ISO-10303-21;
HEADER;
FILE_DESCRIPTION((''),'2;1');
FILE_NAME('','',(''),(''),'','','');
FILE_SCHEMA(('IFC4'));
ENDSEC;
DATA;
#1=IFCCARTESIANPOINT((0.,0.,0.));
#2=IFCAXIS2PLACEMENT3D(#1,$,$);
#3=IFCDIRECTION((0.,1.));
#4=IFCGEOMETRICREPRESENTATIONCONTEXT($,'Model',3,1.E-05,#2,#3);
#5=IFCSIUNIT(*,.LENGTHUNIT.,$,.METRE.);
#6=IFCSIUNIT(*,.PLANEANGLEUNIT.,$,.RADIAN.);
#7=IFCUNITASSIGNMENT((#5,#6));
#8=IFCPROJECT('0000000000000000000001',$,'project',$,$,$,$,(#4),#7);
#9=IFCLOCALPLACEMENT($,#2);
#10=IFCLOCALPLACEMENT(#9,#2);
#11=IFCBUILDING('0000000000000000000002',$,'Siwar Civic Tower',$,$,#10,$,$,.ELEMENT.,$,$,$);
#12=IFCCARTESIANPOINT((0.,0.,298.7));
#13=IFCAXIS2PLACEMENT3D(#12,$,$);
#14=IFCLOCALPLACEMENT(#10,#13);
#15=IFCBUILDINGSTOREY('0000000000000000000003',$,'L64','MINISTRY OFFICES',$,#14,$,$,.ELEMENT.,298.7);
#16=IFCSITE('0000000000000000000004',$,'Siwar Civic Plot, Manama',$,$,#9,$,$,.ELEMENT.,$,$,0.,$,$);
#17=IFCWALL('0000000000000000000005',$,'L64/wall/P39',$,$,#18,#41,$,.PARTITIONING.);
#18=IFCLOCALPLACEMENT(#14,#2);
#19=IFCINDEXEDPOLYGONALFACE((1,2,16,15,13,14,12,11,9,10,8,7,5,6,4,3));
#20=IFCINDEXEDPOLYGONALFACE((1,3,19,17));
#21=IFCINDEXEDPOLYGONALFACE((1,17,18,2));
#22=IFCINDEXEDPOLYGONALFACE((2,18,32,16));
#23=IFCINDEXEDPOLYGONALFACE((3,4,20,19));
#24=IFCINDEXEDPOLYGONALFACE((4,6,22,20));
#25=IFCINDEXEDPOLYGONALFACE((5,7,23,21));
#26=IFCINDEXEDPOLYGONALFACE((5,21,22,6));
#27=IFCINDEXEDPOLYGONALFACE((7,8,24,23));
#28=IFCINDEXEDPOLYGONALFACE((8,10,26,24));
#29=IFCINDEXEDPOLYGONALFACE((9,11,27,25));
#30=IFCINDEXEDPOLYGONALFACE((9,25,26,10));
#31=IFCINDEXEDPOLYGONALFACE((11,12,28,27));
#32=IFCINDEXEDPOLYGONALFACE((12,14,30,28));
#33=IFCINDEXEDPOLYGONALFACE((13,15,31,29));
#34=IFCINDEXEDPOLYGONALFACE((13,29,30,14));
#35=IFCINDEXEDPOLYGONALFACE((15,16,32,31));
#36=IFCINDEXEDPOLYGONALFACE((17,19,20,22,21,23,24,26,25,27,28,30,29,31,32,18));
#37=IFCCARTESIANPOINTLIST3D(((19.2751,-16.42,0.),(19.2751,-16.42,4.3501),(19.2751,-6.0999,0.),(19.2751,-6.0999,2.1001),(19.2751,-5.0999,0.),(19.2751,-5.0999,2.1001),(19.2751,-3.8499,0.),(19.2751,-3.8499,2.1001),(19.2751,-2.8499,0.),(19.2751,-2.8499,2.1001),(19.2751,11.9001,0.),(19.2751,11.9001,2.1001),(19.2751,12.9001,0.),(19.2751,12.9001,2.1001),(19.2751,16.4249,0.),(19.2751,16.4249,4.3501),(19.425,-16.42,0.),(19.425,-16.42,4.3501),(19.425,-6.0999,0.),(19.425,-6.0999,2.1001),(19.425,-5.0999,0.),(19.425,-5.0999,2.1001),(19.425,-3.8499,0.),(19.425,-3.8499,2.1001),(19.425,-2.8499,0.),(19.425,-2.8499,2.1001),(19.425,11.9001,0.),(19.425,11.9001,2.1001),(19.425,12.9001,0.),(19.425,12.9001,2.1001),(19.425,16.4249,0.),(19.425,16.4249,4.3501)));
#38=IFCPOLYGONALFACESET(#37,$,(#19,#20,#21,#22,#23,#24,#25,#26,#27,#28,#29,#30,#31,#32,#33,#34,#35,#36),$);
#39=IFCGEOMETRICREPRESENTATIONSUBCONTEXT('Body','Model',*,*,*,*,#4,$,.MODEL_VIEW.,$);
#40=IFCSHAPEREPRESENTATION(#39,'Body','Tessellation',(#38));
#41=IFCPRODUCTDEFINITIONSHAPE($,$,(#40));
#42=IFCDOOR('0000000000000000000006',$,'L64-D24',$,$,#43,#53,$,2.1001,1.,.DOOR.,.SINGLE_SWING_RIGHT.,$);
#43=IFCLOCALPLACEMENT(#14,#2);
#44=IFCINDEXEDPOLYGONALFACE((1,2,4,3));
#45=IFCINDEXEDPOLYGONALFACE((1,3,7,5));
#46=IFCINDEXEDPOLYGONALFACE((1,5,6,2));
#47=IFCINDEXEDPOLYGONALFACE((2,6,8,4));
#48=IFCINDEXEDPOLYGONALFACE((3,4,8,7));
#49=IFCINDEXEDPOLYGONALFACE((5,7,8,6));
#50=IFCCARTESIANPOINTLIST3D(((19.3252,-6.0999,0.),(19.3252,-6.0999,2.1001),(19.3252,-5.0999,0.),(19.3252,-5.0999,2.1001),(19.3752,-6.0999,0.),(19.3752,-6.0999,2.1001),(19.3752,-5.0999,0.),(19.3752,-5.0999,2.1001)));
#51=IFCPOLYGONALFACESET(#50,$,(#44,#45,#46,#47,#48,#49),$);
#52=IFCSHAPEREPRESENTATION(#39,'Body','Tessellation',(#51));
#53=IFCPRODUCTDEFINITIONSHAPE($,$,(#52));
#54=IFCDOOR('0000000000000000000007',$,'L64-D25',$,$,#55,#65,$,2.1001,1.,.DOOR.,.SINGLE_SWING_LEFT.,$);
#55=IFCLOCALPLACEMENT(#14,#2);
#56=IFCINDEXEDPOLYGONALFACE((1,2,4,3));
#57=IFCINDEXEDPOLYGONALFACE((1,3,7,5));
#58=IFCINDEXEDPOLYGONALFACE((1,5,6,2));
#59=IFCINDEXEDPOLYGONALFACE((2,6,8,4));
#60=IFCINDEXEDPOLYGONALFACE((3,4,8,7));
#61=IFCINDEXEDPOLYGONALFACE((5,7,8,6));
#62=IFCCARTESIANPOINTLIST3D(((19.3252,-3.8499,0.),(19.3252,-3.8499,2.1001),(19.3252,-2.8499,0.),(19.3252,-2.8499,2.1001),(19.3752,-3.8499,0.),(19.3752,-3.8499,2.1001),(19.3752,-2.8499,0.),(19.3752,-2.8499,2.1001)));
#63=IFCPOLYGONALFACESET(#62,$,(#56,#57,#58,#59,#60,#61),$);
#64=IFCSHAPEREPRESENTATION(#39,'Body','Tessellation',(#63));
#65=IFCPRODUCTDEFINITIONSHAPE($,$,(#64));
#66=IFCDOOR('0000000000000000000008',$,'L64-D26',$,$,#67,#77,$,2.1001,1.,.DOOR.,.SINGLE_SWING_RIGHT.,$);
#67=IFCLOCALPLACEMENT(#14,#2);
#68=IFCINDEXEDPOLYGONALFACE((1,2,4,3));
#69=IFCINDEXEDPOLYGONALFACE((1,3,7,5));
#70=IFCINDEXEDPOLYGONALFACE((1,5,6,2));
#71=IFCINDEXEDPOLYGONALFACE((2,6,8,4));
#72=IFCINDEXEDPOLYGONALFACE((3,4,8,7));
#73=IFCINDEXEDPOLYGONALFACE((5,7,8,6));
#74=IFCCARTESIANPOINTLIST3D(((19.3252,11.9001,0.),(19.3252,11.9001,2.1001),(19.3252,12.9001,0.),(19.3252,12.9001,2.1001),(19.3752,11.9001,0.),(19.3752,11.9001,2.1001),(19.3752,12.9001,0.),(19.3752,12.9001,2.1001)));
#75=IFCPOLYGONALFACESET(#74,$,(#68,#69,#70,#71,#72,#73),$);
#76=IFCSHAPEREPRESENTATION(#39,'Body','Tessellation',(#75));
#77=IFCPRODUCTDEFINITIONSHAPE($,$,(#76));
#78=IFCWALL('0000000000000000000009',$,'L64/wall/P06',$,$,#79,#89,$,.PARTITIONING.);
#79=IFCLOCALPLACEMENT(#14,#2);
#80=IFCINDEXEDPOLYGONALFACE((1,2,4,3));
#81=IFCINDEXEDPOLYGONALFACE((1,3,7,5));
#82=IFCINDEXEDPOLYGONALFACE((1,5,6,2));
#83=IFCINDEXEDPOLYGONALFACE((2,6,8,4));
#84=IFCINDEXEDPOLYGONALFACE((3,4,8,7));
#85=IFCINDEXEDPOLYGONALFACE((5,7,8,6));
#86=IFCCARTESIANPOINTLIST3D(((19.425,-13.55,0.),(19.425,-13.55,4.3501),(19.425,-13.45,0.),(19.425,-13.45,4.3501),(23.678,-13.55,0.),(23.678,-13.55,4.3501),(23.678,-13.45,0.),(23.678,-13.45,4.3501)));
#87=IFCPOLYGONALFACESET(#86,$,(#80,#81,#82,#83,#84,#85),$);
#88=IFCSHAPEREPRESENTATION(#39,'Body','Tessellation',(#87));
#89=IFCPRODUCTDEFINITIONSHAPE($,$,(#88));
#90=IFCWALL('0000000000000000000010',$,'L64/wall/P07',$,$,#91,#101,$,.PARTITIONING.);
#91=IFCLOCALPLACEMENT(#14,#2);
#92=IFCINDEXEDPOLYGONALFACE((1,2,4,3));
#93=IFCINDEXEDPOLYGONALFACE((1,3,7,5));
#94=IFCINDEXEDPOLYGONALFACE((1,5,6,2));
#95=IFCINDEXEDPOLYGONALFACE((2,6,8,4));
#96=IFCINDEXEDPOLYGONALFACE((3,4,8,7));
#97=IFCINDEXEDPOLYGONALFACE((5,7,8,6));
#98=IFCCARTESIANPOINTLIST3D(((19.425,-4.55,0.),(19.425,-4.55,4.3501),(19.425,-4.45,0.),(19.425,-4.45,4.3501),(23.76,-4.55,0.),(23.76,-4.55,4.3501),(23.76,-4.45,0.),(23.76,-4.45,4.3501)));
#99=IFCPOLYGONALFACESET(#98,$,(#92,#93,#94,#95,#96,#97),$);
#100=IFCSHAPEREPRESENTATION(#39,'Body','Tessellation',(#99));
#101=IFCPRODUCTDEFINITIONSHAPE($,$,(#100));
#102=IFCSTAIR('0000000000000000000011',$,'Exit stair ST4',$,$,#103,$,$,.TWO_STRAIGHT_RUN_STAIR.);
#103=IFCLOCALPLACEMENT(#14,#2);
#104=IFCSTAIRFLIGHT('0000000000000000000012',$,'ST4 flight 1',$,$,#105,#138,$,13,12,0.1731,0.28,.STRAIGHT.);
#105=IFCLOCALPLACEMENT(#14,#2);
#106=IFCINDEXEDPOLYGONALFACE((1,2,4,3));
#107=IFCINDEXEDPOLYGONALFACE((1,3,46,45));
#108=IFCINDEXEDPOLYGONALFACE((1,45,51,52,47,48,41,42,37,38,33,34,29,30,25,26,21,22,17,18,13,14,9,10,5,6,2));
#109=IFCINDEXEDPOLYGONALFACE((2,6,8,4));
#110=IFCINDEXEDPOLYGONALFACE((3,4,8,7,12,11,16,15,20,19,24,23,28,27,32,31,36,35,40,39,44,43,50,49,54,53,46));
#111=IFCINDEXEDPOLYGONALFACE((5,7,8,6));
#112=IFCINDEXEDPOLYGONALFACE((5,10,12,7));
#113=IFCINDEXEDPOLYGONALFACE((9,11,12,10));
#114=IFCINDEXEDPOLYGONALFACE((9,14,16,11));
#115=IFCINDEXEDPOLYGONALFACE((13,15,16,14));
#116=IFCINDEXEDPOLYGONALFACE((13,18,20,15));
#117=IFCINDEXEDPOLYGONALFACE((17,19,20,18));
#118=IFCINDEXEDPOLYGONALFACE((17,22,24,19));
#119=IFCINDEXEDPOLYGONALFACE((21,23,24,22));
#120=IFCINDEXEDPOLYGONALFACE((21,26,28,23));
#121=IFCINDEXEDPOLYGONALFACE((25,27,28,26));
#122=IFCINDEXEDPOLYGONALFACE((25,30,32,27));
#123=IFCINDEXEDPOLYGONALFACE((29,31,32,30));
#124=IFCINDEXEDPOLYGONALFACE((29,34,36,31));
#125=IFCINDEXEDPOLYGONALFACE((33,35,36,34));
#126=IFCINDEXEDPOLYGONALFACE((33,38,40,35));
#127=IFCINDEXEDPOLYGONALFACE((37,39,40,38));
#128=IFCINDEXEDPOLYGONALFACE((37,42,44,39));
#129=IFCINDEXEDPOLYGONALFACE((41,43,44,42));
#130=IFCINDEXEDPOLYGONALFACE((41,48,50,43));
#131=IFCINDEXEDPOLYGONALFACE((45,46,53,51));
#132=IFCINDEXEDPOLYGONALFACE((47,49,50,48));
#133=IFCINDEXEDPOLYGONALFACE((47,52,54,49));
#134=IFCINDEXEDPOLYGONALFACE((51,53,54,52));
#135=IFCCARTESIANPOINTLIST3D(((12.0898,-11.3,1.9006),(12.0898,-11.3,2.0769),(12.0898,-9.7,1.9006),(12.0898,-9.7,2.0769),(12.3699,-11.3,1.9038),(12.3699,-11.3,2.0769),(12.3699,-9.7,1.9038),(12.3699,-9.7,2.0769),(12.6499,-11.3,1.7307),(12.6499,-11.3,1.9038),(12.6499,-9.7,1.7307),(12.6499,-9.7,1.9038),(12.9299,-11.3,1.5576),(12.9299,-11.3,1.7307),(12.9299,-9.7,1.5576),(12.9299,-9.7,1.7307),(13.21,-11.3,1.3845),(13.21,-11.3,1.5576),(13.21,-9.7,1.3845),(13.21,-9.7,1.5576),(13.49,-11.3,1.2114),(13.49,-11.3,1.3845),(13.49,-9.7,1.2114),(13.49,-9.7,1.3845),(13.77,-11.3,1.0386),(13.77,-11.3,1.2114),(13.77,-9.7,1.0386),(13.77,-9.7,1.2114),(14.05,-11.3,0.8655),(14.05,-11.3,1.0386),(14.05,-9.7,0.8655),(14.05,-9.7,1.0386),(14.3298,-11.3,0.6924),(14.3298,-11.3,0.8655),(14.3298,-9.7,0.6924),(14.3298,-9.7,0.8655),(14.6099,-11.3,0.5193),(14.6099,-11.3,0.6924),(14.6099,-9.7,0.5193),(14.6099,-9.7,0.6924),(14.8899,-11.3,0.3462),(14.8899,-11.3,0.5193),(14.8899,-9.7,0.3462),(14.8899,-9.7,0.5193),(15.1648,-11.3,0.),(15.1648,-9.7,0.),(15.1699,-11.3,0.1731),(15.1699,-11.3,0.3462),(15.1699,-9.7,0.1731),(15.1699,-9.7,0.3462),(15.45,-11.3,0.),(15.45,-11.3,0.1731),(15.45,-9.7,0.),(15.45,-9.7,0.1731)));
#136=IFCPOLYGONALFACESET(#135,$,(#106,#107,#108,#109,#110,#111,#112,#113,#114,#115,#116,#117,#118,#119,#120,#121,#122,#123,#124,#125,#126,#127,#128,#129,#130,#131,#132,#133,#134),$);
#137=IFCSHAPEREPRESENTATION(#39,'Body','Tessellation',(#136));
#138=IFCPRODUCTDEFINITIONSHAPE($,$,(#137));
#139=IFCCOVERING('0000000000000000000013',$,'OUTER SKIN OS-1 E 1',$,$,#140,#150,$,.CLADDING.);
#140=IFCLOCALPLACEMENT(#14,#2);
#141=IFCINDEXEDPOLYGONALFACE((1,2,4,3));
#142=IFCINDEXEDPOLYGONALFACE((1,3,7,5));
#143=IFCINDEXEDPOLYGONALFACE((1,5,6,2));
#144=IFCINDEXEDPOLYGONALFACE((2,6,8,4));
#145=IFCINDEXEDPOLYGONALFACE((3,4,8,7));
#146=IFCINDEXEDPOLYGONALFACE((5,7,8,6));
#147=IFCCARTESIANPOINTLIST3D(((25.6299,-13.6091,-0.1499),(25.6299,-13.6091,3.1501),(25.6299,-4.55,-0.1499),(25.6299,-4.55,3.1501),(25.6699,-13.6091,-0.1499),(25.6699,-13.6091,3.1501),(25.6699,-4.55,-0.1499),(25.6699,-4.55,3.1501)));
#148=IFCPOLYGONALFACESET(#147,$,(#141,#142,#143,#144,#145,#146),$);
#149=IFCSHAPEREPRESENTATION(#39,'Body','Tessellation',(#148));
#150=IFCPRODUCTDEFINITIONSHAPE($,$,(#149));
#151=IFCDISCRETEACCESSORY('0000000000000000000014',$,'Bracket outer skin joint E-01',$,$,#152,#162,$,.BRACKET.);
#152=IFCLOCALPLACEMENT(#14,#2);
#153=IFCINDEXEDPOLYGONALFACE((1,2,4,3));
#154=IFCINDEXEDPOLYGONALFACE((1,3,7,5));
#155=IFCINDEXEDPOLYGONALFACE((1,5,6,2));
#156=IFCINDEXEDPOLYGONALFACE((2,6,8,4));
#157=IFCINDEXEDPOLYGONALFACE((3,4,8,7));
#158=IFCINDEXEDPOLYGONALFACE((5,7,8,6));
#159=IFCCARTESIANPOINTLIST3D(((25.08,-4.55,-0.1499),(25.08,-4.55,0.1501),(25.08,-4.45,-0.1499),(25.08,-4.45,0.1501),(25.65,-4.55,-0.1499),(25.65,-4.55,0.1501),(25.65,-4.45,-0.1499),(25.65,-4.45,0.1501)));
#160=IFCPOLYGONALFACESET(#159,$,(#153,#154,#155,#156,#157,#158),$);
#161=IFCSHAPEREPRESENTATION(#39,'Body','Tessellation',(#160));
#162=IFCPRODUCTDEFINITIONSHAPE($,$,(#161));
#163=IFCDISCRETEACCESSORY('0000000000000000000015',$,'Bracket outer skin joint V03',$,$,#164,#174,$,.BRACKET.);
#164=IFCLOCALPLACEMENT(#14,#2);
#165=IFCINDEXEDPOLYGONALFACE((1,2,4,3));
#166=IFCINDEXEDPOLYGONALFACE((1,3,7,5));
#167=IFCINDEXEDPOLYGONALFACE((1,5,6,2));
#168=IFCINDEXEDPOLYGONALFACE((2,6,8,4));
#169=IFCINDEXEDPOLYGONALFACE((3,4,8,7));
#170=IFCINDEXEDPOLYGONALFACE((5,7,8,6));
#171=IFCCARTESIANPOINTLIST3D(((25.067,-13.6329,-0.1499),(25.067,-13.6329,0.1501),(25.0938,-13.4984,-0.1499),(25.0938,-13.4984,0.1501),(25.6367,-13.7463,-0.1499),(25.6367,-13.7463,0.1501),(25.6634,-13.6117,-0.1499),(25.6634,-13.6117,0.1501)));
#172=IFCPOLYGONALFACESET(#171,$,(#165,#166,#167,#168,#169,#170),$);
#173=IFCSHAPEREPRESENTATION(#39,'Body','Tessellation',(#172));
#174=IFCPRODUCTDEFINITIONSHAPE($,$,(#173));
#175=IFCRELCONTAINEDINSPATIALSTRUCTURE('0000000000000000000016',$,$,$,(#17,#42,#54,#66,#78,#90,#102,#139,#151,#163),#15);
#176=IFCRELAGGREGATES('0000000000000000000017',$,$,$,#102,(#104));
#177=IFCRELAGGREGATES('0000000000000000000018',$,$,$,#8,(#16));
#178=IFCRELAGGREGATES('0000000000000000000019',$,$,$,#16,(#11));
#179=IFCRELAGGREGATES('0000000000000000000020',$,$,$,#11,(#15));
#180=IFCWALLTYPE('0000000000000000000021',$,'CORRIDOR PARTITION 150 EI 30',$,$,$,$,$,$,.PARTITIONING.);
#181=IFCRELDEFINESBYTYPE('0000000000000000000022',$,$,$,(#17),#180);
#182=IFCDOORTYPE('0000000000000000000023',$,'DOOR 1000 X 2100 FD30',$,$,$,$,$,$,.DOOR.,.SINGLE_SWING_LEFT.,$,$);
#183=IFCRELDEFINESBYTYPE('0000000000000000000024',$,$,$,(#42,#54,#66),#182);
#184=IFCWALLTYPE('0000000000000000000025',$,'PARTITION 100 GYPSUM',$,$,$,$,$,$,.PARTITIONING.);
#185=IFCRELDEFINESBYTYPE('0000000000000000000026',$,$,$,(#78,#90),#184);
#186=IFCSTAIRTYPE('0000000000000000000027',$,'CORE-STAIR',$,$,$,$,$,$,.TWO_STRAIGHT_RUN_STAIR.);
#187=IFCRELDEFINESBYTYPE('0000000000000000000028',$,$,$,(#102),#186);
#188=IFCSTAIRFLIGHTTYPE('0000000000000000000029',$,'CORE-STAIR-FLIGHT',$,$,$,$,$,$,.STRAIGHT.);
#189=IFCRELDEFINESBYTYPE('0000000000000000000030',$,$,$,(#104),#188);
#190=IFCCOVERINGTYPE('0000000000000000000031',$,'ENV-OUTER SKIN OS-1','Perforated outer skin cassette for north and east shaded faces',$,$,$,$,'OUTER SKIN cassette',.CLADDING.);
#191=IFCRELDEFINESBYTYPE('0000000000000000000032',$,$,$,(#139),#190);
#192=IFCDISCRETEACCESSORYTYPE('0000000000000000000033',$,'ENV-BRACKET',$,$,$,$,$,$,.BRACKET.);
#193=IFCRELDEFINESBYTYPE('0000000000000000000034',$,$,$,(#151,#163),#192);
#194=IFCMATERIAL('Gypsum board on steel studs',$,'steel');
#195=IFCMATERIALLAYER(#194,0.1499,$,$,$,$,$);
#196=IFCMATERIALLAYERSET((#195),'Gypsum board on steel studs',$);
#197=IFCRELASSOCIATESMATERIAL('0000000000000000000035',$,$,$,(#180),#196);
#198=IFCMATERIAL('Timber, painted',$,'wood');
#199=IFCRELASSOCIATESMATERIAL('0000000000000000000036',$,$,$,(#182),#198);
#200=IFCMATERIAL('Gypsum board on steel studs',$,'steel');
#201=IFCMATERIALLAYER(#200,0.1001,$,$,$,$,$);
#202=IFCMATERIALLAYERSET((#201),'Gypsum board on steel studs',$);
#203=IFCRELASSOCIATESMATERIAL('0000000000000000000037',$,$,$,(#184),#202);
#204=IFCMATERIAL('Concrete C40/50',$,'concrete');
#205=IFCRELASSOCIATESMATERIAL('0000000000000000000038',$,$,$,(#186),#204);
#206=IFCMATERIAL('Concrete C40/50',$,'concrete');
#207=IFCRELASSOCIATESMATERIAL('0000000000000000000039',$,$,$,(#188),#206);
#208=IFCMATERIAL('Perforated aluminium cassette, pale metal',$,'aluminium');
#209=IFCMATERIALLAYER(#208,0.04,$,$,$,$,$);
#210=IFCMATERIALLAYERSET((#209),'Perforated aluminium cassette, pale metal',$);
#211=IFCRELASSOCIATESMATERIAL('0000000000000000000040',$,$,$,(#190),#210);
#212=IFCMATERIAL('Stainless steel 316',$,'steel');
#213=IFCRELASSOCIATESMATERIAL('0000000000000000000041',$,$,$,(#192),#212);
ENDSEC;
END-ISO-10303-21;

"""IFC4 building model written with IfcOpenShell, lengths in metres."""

from ifc_helpers import new_model, si_unit, direction, frame, frame_2d, origin, origin_2d, place, context, subcontext, project, spatial, polyline, rectangle, outline, extrude, material, layer, layer_set, type_object, element, fill, aggregate, save


model = new_model("IFC4")

# Units and contexts
model_context = context("Model", 3, precision=1e-05, world=origin(), true_north=direction((0.0, 1.0)))
body_context = subcontext(model_context, "Body", "Model", "MODEL_VIEW")
ifc_project = project(units=[si_unit("LENGTHUNIT", "METRE"), si_unit("PLANEANGLEUNIT", "RADIAN")], contexts=[model_context])

# Site, building, storey
site_placement = place(None, origin())
site = spatial("IfcSite", under=ifc_project, at=site_placement, Name="Siwar Civic Plot, Manama", CompositionType="ELEMENT", RefElevation=0.0)
building_placement = place(site_placement, origin())
building = spatial("IfcBuilding", under=site, at=building_placement, Name="Siwar Civic Tower", CompositionType="ELEMENT")
storey_placement = place(building_placement, frame((0.0, 0.0, 298.7)))
storey = spatial("IfcBuildingStorey", under=building, at=storey_placement, Name="L64", Description="MINISTRY OFFICES", CompositionType="ELEMENT", Elevation=298.7)

# Wall, openings, doors
ifc_material_1 = material(Name="Gypsum board on steel studs", Category="steel")
ifc_layer_1 = layer(ifc_material_1, 0.1499)
ifc_layer_set_1 = layer_set([ifc_layer_1], Name="Gypsum board on steel studs")
wall_type_1 = type_object("IfcWallType", Name="CORRIDOR PARTITION 150 EI 30", PredefinedType="PARTITIONING", material=ifc_layer_set_1)
wall_1_placement = place(storey_placement, frame((19.3501, -16.4199, 0.0), z_axis=(0.0, 0.0, 1.0), x_axis=(0.0, 1.0, 0.0)))
wall_1 = element("IfcWall", 1, at=wall_1_placement, inside=storey, type_object=wall_type_1, Name="L64/wall/P39", PredefinedType="PARTITIONING", context=body_context, shape_type="SweptSolid", body=[
    extrude(rectangle(XDim=32.845, YDim=0.1499, at=frame_2d((16.4224, 0.0))), origin(), (0.0, 0.0, 1.0), 4.3501),
])
opening_1_placement = place(wall_1_placement, frame((10.3201, 0.0, 0.0)))
opening_1 = element("IfcOpeningElement", 2, at=opening_1_placement, cuts=wall_1, PredefinedType="OPENING", context=body_context, shape_type="SweptSolid", body=[
    extrude(rectangle(XDim=1.0, YDim=2.1001, at=frame_2d((0.5, 1.05))), frame((0.0, 0.085, 0.0), z_axis=(0.0, -1.0, 0.0), x_axis=(1.0, 0.0, 0.0)), (0.0, 0.0, 1.0), 0.1699),
])
opening_2_placement = place(wall_1_placement, frame((12.5701, 0.0, 0.0)))
opening_2 = element("IfcOpeningElement", 3, at=opening_2_placement, cuts=wall_1, PredefinedType="OPENING", context=body_context, shape_type="SweptSolid", body=[
    extrude(rectangle(XDim=1.0, YDim=2.1001, at=frame_2d((0.5, 1.05))), frame((0.0, 0.085, 0.0), z_axis=(0.0, -1.0, 0.0), x_axis=(1.0, 0.0, 0.0)), (0.0, 0.0, 1.0), 0.1699),
])
opening_3_placement = place(wall_1_placement, frame((28.3201, 0.0, 0.0)))
opening_3 = element("IfcOpeningElement", 4, at=opening_3_placement, cuts=wall_1, PredefinedType="OPENING", context=body_context, shape_type="SweptSolid", body=[
    extrude(rectangle(XDim=1.0, YDim=2.1001, at=frame_2d((0.5, 1.05))), frame((0.0, 0.085, 0.0), z_axis=(0.0, -1.0, 0.0), x_axis=(1.0, 0.0, 0.0)), (0.0, 0.0, 1.0), 0.1699),
])
ifc_material_2 = material(Name="Timber, painted", Category="wood")
door_type_1 = type_object("IfcDoorType", Name="DOOR 1000 X 2100 FD30", OperationType="SINGLE_SWING_LEFT", PredefinedType="DOOR", material=ifc_material_2)
door_1_placement = place(opening_1_placement, origin())
door_1 = element("IfcDoor", 5, at=door_1_placement, inside=storey, type_object=door_type_1, Name="L64-D24", OperationType="SINGLE_SWING_RIGHT", OverallHeight=2.1001, OverallWidth=1.0, PredefinedType="DOOR", context=body_context, shape_type="SweptSolid", body=[
    extrude(rectangle(XDim=1.0, YDim=2.1001, at=frame_2d((0.5, 1.05))), frame((0.0, 0.0249, 0.0), z_axis=(0.0, -1.0, 0.0), x_axis=(1.0, 0.0, 0.0)), (0.0, 0.0, 1.0), 0.05),
])
fill(opening_1, door_1)
door_2_placement = place(opening_2_placement, origin())
door_2 = element("IfcDoor", 6, at=door_2_placement, inside=storey, type_object=door_type_1, Name="L64-D25", OperationType="SINGLE_SWING_LEFT", OverallHeight=2.1001, OverallWidth=1.0, PredefinedType="DOOR", context=body_context, shape_type="SweptSolid", body=[
    extrude(rectangle(XDim=1.0, YDim=2.1001, at=frame_2d((0.5, 1.05))), frame((0.0, 0.0249, 0.0), z_axis=(0.0, -1.0, 0.0), x_axis=(1.0, 0.0, 0.0)), (0.0, 0.0, 1.0), 0.05),
])
fill(opening_2, door_2)
door_3_placement = place(opening_3_placement, origin())
door_3 = element("IfcDoor", 7, at=door_3_placement, inside=storey, type_object=door_type_1, Name="L64-D26", OperationType="SINGLE_SWING_RIGHT", OverallHeight=2.1001, OverallWidth=1.0, PredefinedType="DOOR", context=body_context, shape_type="SweptSolid", body=[
    extrude(rectangle(XDim=1.0, YDim=2.1001, at=frame_2d((0.5, 1.05))), frame((0.0, 0.0249, 0.0), z_axis=(0.0, -1.0, 0.0), x_axis=(1.0, 0.0, 0.0)), (0.0, 0.0, 1.0), 0.05),
])
fill(opening_3, door_3)

# Walls
ifc_material_3 = material(Name="Gypsum board on steel studs", Category="steel")
ifc_layer_2 = layer(ifc_material_3, 0.1001)
ifc_layer_set_2 = layer_set([ifc_layer_2], Name="Gypsum board on steel studs")
wall_type_2 = type_object("IfcWallType", Name="PARTITION 100 GYPSUM", PredefinedType="PARTITIONING", material=ifc_layer_set_2)
wall_2_placement = place(storey_placement, frame((19.425, -13.5, 0.0), z_axis=(0.0, 0.0, 1.0), x_axis=(1.0, 0.0, 0.0)))
element("IfcWall", 8, at=wall_2_placement, inside=storey, type_object=wall_type_2, Name="L64/wall/P06", PredefinedType="PARTITIONING", context=body_context, shape_type="SweptSolid", body=[
    extrude(rectangle(XDim=4.2529, YDim=0.1001, at=frame_2d((2.1265, 0.0))), origin(), (0.0, 0.0, 1.0), 4.3501),
])
wall_3_placement = place(storey_placement, frame((19.425, -4.5, 0.0), z_axis=(0.0, 0.0, 1.0), x_axis=(1.0, 0.0, 0.0)))
element("IfcWall", 9, at=wall_3_placement, inside=storey, type_object=wall_type_2, Name="L64/wall/P07", PredefinedType="PARTITIONING", context=body_context, shape_type="SweptSolid", body=[
    extrude(rectangle(XDim=4.335, YDim=0.1001, at=frame_2d((2.1675, 0.0))), origin(), (0.0, 0.0, 1.0), 4.3501),
])

# Stair, stair flight
ifc_material_4 = material(Name="Concrete C40/50", Category="concrete")
stair_type = type_object("IfcStairType", Name="CORE-STAIR", PredefinedType="TWO_STRAIGHT_RUN_STAIR", material=ifc_material_4)
stair_placement = place(storey_placement, origin())
stair = element("IfcStair", 10, at=stair_placement, inside=storey, type_object=stair_type, Name="Exit stair ST4", PredefinedType="TWO_STRAIGHT_RUN_STAIR")
ifc_material_5 = material(Name="Concrete C40/50", Category="concrete")
stair_flight_type = type_object("IfcStairFlightType", Name="CORE-STAIR-FLIGHT", PredefinedType="STRAIGHT", material=ifc_material_5)
stair_flight_placement = place(storey_placement, frame((15.45, -10.5, 0.0), z_axis=(0.0, 0.0, 1.0), x_axis=(-1.0, 0.0, 0.0)))
stair_flight = element("IfcStairFlight", 11, at=stair_flight_placement, type_object=stair_flight_type, Name="ST4 flight 1", NumberOfRisers=13, NumberOfTreads=12, PredefinedType="STRAIGHT", RiserHeight=0.1731, TreadLength=0.28, context=body_context, shape_type="SweptSolid", body=[
    extrude(outline(polyline([(0.0, 0.0), (0.0, 0.1731), (0.28, 0.1731), (0.28, 0.3462), (0.5601, 0.3462), (0.5601, 0.5193), (0.8401, 0.5193), (0.8401, 0.6924), (1.1201, 0.6924), (1.1201, 0.8655), (1.3999, 0.8655), (1.3999, 1.0386), (1.6799, 1.0386), (1.6799, 1.2114), (1.96, 1.2114), (1.96, 1.3845), (2.24, 1.3845), (2.24, 1.5576), (2.52, 1.5576), (2.52, 1.7307), (2.8, 1.7307), (2.8, 1.9038), (3.0801, 1.9038), (3.0801, 2.0769), (3.3601, 2.0769), (3.3601, 2.25), (3.3601, 1.9006), (0.2852, 0.0), (0.0, 0.0)])), frame((0.0, 0.8, 0.0), z_axis=(0.0, -1.0, 0.0), x_axis=(1.0, 0.0, 0.0)), (0.0, 0.0, 1.0), 1.6001),
])
aggregate(stair, [stair_flight])

# Covering
ifc_material_6 = material(Name="Perforated aluminium cassette, pale metal", Category="aluminium")
ifc_layer_3 = layer(ifc_material_6, 0.04)
ifc_layer_set_3 = layer_set([ifc_layer_3], Name="Perforated aluminium cassette, pale metal")
covering_type = type_object("IfcCoveringType", Name="ENV-OUTER SKIN OS-1", Description="Perforated outer skin cassette for north and east shaded faces", ElementType="OUTER SKIN cassette", PredefinedType="CLADDING", material=ifc_layer_set_3)
covering_placement = place(storey_placement, frame((25.6499, -9.0796, -0.1499), z_axis=(0.0, 0.0, 1.0), x_axis=(0.0, 1.0, 0.0)))
element("IfcCovering", 12, at=covering_placement, inside=storey, type_object=covering_type, Name="OUTER SKIN OS-1 E 1", PredefinedType="CLADDING", context=body_context, shape_type="SweptSolid", body=[
    extrude(rectangle(XDim=9.0591, YDim=0.04, at=origin_2d()), origin(), (0.0, 0.0, 1.0), 3.3),
])

# Discrete accessories
ifc_material_7 = material(Name="Stainless steel 316", Category="steel")
discrete_accessory_type = type_object("IfcDiscreteAccessoryType", Name="ENV-BRACKET", PredefinedType="BRACKET", material=ifc_material_7)
discrete_accessory_1_placement = place(storey_placement, frame((25.365, -4.5, -0.1499), z_axis=(0.0, 0.0, 1.0), x_axis=(1.0, 0.0, 0.0)))
element("IfcDiscreteAccessory", 13, at=discrete_accessory_1_placement, inside=storey, type_object=discrete_accessory_type, Name="Bracket outer skin joint E-01", PredefinedType="BRACKET", context=body_context, shape_type="SweptSolid", body=[
    extrude(rectangle(XDim=0.5701, YDim=0.1001, at=origin_2d()), origin(), (0.0, 0.0, 1.0), 0.3),
])
discrete_accessory_2_placement = place(storey_placement, frame((25.3652, -13.6223, -0.1499), z_axis=(0.0, 0.0, 1.0), x_axis=(0.980785, -0.19509, 0.0)))
element("IfcDiscreteAccessory", 14, at=discrete_accessory_2_placement, inside=storey, type_object=discrete_accessory_type, Name="Bracket outer skin joint V03", PredefinedType="BRACKET", context=body_context, shape_type="SweptSolid", body=[
    extrude(rectangle(XDim=0.5808, YDim=0.1372, at=origin_2d()), origin(), (0.0, 0.0, 1.0), 0.3),
])

save(model, "model.ifc")
